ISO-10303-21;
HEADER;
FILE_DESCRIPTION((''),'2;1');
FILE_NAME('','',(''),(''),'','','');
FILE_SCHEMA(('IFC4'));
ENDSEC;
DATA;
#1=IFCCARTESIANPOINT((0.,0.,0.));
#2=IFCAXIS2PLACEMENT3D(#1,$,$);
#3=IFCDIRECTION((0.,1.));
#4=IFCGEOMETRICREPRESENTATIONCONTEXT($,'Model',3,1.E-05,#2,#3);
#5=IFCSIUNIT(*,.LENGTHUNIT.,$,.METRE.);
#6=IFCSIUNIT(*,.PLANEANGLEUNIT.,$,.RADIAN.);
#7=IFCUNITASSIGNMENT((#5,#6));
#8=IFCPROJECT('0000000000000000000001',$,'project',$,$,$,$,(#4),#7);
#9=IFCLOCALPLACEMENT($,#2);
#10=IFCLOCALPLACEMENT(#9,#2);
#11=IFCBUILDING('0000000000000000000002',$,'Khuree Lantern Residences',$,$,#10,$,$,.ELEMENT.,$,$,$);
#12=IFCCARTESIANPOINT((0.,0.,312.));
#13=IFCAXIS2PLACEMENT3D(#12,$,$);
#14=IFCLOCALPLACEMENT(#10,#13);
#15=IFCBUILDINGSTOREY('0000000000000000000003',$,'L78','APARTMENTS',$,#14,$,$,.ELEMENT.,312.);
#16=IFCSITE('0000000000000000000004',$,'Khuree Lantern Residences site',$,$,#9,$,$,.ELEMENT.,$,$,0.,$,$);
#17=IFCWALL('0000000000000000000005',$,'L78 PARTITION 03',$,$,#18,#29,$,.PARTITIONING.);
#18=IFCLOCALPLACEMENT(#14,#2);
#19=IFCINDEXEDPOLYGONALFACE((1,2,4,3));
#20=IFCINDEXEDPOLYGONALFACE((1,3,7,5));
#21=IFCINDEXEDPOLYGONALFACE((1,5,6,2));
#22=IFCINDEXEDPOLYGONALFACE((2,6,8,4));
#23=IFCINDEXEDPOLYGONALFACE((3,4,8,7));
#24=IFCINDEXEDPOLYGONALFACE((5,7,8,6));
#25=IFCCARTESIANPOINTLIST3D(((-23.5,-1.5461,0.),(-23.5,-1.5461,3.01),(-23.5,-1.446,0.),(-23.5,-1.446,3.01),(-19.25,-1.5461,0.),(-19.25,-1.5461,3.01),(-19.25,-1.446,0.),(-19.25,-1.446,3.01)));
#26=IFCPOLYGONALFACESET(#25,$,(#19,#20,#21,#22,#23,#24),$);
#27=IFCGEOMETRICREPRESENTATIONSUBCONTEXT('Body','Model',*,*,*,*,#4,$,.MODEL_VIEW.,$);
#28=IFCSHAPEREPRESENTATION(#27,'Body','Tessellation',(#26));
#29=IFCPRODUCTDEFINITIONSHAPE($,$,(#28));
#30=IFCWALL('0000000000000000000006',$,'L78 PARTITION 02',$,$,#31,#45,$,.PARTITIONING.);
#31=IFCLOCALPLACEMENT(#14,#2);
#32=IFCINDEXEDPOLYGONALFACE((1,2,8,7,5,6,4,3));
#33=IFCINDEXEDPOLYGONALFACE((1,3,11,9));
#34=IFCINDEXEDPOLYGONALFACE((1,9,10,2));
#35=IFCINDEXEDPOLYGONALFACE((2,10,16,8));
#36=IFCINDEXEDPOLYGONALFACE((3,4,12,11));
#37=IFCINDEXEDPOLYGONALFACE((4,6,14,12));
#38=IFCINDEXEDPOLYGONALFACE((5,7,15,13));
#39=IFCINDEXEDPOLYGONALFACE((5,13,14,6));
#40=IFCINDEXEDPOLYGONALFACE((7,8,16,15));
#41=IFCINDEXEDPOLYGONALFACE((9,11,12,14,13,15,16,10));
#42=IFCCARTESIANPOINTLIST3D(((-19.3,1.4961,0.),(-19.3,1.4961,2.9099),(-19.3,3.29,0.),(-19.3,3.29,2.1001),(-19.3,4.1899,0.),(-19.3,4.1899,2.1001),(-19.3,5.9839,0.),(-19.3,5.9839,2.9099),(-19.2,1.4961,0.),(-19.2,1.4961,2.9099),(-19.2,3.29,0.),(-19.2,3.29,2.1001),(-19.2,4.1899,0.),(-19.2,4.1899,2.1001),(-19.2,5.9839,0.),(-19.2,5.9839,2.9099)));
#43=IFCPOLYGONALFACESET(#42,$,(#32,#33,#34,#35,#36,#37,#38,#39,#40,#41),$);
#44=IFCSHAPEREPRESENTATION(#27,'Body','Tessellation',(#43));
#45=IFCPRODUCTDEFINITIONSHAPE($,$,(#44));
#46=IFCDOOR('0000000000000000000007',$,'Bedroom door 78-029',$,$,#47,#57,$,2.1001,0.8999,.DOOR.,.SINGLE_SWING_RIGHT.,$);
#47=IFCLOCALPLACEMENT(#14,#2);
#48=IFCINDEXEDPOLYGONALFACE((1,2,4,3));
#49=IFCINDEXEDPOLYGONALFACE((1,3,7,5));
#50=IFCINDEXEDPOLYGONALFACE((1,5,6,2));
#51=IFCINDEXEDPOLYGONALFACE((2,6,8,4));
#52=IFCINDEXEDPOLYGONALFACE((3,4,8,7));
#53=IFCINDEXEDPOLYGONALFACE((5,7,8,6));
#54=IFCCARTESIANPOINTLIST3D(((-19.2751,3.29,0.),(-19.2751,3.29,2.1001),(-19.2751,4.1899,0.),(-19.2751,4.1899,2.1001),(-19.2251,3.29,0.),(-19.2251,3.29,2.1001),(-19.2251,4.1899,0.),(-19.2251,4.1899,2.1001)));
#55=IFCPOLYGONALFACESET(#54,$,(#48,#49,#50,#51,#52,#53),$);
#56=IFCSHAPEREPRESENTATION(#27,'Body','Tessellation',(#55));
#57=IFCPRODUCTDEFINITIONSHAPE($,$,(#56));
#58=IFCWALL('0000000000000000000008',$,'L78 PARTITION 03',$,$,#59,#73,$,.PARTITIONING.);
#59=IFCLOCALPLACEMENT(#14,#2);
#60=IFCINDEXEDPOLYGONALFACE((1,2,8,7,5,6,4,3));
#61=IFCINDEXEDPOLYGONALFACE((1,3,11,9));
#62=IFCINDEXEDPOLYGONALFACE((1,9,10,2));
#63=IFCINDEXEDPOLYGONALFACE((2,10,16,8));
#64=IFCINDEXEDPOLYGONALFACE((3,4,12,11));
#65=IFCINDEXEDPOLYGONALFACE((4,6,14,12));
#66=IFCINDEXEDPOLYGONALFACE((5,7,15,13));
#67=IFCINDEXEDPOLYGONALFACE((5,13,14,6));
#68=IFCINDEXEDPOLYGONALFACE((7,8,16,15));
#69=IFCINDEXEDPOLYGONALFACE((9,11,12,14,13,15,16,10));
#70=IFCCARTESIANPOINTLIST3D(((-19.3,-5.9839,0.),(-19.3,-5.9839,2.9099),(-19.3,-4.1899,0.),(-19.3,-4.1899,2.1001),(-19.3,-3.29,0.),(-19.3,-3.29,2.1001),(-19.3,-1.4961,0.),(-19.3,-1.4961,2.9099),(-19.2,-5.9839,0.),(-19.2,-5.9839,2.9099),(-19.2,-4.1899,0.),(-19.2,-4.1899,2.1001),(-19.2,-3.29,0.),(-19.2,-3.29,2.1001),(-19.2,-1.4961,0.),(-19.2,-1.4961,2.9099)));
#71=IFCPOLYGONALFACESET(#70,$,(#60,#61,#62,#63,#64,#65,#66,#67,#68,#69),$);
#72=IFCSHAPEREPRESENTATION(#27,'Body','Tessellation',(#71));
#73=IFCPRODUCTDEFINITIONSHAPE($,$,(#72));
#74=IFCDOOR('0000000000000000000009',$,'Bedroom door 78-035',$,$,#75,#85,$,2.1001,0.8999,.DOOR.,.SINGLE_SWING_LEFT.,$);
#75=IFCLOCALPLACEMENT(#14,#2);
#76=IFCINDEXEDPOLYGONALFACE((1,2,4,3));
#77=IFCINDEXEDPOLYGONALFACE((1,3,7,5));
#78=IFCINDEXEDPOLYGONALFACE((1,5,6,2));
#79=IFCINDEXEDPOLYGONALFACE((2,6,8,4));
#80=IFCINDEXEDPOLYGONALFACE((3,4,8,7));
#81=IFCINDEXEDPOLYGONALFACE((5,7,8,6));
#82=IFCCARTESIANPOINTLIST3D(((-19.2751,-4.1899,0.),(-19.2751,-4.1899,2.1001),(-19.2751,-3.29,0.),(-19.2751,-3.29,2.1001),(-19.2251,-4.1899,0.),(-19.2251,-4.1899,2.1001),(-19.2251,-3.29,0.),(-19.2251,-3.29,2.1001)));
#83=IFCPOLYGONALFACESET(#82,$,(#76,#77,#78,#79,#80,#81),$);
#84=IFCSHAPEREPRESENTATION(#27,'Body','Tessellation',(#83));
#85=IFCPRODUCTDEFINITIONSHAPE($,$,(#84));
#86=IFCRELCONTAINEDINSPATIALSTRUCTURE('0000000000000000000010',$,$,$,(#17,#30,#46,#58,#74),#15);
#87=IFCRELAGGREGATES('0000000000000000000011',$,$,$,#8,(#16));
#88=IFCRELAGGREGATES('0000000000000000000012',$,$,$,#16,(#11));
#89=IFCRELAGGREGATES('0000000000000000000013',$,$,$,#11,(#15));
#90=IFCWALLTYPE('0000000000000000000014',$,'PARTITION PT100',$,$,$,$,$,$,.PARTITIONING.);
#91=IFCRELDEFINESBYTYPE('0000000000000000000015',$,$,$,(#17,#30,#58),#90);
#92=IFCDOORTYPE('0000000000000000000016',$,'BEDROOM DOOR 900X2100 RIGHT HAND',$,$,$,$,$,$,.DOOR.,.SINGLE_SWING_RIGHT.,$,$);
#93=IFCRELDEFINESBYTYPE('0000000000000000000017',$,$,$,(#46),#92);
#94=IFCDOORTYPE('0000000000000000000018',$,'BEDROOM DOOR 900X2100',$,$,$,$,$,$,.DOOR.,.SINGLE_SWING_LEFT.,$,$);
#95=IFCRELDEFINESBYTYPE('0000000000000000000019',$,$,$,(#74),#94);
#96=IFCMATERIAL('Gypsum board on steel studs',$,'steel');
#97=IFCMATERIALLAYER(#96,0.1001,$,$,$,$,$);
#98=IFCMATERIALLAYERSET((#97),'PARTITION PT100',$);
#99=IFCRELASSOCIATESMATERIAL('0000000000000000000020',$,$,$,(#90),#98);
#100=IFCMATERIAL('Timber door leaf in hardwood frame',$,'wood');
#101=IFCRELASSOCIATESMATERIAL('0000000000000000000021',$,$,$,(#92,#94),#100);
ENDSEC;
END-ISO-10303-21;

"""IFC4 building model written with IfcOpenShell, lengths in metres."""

from ifc_helpers import new_model, si_unit, direction, frame, frame_2d, origin, place, context, subcontext, project, spatial, rectangle, extrude, material, layer, layer_set, type_object, element, fill, save


model = new_model("IFC4")

# Units and contexts
model_context = context("Model", 3, precision=1e-05, world=origin(), true_north=direction((0.0, 1.0)))
body_context = subcontext(model_context, "Body", "Model", "MODEL_VIEW")
ifc_project = project(units=[si_unit("LENGTHUNIT", "METRE"), si_unit("PLANEANGLEUNIT", "RADIAN")], contexts=[model_context])

# Site, building, storey
site_placement = place(None, origin())
site = spatial("IfcSite", under=ifc_project, at=site_placement, Name="Khuree Lantern Residences site", CompositionType="ELEMENT", RefElevation=0.0)
building_placement = place(site_placement, origin())
building = spatial("IfcBuilding", under=site, at=building_placement, Name="Khuree Lantern Residences", CompositionType="ELEMENT")
storey_placement = place(building_placement, frame((0.0, 0.0, 312.0)))
storey = spatial("IfcBuildingStorey", under=building, at=storey_placement, Name="L78", Description="APARTMENTS", CompositionType="ELEMENT", Elevation=312.0)

# Shared definitions
ifc_material_1 = material(Name="Gypsum board on steel studs", Category="steel")

# Shared definitions
ifc_material_2 = material(Name="Timber door leaf in hardwood frame", Category="wood")

# Wall
ifc_layer_1 = layer(ifc_material_1, 0.1001)
ifc_layer_set_1 = layer_set([ifc_layer_1], Name="PARTITION PT100")
wall_type_1 = type_object("IfcWallType", Name="PARTITION PT100", PredefinedType="PARTITIONING", material=ifc_layer_set_1)
for number, where, z_axis, x_axis, name in (
    (1, (-19.25, -1.4961, 0.0), (0.0, 0.0, 1.0), (-1.0, 0.0, 0.0), "L78 PARTITION 03"),
):
    element("IfcWall", number, at=place(storey_placement, frame(where, z_axis=z_axis, x_axis=x_axis)), inside=storey, type_object=wall_type_1, Name=name, PredefinedType="PARTITIONING", context=body_context, shape_type="SweptSolid", body=[
        extrude(rectangle(XDim=4.25, YDim=0.1001, at=frame_2d((2.125, 0.0))), origin(), (0.0, 0.0, 1.0), 3.01),
    ])

# Walls, openings, doors
wall_1_placement = place(storey_placement, frame((-19.25, 5.9839, 0.0), z_axis=(0.0, 0.0, 1.0), x_axis=(0.0, -1.0, 0.0)))
wall_1 = element("IfcWall", 2, at=wall_1_placement, inside=storey, type_object=wall_type_1, Name="L78 PARTITION 02", PredefinedType="PARTITIONING", context=body_context, shape_type="SweptSolid", body=[
    extrude(rectangle(XDim=4.4878, YDim=0.1001, at=frame_2d((2.2439, 0.0))), origin(), (0.0, 0.0, 1.0), 2.9099),
])
opening_1_placement = place(wall_1_placement, frame((1.7939, 0.0, 0.0)))
opening_1 = element("IfcOpeningElement", 3, at=opening_1_placement, cuts=wall_1, PredefinedType="OPENING", context=body_context, shape_type="SweptSolid", body=[
    extrude(rectangle(XDim=0.8999, YDim=2.1001, at=frame_2d((0.45, 1.05))), frame((0.0, 0.0601, 0.0), z_axis=(0.0, -1.0, 0.0), x_axis=(1.0, 0.0, 0.0)), (0.0, 0.0, 1.0), 0.1201),
])
door_type_1 = type_object("IfcDoorType", Name="BEDROOM DOOR 900X2100 RIGHT HAND", OperationType="SINGLE_SWING_RIGHT", PredefinedType="DOOR", material=ifc_material_2)
door_1_placement = place(opening_1_placement, origin())
door_1 = element("IfcDoor", 4, at=door_1_placement, inside=storey, type_object=door_type_1, Name="Bedroom door 78-029", OperationType="SINGLE_SWING_RIGHT", OverallHeight=2.1001, OverallWidth=0.8999, PredefinedType="DOOR", context=body_context, shape_type="SweptSolid", body=[
    extrude(rectangle(XDim=0.8999, YDim=2.1001, at=frame_2d((0.45, 1.05))), frame((0.0, 0.0249, 0.0), z_axis=(0.0, -1.0, 0.0), x_axis=(1.0, 0.0, 0.0)), (0.0, 0.0, 1.0), 0.05),
])
fill(opening_1, door_1)
wall_2_placement = place(storey_placement, frame((-19.25, -1.4961, 0.0), z_axis=(0.0, 0.0, 1.0), x_axis=(0.0, -1.0, 0.0)))
wall_2 = element("IfcWall", 5, at=wall_2_placement, inside=storey, type_object=wall_type_1, Name="L78 PARTITION 03", PredefinedType="PARTITIONING", context=body_context, shape_type="SweptSolid", body=[
    extrude(rectangle(XDim=4.4878, YDim=0.1001, at=frame_2d((2.2439, 0.0))), origin(), (0.0, 0.0, 1.0), 2.9099),
])
opening_2_placement = place(wall_2_placement, frame((1.7939, 0.0, 0.0)))
opening_2 = element("IfcOpeningElement", 6, at=opening_2_placement, cuts=wall_2, PredefinedType="OPENING", context=body_context, shape_type="SweptSolid", body=[
    extrude(rectangle(XDim=0.8999, YDim=2.1001, at=frame_2d((0.45, 1.05))), frame((0.0, 0.0601, 0.0), z_axis=(0.0, -1.0, 0.0), x_axis=(1.0, 0.0, 0.0)), (0.0, 0.0, 1.0), 0.1201),
])
door_type_2 = type_object("IfcDoorType", Name="BEDROOM DOOR 900X2100", OperationType="SINGLE_SWING_LEFT", PredefinedType="DOOR", material=ifc_material_2)
door_2_placement = place(opening_2_placement, origin())
door_2 = element("IfcDoor", 7, at=door_2_placement, inside=storey, type_object=door_type_2, Name="Bedroom door 78-035", OperationType="SINGLE_SWING_LEFT", OverallHeight=2.1001, OverallWidth=0.8999, PredefinedType="DOOR", context=body_context, shape_type="SweptSolid", body=[
    extrude(rectangle(XDim=0.8999, YDim=2.1001, at=frame_2d((0.45, 1.05))), frame((0.0, 0.0249, 0.0), z_axis=(0.0, -1.0, 0.0), x_axis=(1.0, 0.0, 0.0)), (0.0, 0.0, 1.0), 0.05),
])
fill(opening_2, door_2)

save(model, "model.ifc")
